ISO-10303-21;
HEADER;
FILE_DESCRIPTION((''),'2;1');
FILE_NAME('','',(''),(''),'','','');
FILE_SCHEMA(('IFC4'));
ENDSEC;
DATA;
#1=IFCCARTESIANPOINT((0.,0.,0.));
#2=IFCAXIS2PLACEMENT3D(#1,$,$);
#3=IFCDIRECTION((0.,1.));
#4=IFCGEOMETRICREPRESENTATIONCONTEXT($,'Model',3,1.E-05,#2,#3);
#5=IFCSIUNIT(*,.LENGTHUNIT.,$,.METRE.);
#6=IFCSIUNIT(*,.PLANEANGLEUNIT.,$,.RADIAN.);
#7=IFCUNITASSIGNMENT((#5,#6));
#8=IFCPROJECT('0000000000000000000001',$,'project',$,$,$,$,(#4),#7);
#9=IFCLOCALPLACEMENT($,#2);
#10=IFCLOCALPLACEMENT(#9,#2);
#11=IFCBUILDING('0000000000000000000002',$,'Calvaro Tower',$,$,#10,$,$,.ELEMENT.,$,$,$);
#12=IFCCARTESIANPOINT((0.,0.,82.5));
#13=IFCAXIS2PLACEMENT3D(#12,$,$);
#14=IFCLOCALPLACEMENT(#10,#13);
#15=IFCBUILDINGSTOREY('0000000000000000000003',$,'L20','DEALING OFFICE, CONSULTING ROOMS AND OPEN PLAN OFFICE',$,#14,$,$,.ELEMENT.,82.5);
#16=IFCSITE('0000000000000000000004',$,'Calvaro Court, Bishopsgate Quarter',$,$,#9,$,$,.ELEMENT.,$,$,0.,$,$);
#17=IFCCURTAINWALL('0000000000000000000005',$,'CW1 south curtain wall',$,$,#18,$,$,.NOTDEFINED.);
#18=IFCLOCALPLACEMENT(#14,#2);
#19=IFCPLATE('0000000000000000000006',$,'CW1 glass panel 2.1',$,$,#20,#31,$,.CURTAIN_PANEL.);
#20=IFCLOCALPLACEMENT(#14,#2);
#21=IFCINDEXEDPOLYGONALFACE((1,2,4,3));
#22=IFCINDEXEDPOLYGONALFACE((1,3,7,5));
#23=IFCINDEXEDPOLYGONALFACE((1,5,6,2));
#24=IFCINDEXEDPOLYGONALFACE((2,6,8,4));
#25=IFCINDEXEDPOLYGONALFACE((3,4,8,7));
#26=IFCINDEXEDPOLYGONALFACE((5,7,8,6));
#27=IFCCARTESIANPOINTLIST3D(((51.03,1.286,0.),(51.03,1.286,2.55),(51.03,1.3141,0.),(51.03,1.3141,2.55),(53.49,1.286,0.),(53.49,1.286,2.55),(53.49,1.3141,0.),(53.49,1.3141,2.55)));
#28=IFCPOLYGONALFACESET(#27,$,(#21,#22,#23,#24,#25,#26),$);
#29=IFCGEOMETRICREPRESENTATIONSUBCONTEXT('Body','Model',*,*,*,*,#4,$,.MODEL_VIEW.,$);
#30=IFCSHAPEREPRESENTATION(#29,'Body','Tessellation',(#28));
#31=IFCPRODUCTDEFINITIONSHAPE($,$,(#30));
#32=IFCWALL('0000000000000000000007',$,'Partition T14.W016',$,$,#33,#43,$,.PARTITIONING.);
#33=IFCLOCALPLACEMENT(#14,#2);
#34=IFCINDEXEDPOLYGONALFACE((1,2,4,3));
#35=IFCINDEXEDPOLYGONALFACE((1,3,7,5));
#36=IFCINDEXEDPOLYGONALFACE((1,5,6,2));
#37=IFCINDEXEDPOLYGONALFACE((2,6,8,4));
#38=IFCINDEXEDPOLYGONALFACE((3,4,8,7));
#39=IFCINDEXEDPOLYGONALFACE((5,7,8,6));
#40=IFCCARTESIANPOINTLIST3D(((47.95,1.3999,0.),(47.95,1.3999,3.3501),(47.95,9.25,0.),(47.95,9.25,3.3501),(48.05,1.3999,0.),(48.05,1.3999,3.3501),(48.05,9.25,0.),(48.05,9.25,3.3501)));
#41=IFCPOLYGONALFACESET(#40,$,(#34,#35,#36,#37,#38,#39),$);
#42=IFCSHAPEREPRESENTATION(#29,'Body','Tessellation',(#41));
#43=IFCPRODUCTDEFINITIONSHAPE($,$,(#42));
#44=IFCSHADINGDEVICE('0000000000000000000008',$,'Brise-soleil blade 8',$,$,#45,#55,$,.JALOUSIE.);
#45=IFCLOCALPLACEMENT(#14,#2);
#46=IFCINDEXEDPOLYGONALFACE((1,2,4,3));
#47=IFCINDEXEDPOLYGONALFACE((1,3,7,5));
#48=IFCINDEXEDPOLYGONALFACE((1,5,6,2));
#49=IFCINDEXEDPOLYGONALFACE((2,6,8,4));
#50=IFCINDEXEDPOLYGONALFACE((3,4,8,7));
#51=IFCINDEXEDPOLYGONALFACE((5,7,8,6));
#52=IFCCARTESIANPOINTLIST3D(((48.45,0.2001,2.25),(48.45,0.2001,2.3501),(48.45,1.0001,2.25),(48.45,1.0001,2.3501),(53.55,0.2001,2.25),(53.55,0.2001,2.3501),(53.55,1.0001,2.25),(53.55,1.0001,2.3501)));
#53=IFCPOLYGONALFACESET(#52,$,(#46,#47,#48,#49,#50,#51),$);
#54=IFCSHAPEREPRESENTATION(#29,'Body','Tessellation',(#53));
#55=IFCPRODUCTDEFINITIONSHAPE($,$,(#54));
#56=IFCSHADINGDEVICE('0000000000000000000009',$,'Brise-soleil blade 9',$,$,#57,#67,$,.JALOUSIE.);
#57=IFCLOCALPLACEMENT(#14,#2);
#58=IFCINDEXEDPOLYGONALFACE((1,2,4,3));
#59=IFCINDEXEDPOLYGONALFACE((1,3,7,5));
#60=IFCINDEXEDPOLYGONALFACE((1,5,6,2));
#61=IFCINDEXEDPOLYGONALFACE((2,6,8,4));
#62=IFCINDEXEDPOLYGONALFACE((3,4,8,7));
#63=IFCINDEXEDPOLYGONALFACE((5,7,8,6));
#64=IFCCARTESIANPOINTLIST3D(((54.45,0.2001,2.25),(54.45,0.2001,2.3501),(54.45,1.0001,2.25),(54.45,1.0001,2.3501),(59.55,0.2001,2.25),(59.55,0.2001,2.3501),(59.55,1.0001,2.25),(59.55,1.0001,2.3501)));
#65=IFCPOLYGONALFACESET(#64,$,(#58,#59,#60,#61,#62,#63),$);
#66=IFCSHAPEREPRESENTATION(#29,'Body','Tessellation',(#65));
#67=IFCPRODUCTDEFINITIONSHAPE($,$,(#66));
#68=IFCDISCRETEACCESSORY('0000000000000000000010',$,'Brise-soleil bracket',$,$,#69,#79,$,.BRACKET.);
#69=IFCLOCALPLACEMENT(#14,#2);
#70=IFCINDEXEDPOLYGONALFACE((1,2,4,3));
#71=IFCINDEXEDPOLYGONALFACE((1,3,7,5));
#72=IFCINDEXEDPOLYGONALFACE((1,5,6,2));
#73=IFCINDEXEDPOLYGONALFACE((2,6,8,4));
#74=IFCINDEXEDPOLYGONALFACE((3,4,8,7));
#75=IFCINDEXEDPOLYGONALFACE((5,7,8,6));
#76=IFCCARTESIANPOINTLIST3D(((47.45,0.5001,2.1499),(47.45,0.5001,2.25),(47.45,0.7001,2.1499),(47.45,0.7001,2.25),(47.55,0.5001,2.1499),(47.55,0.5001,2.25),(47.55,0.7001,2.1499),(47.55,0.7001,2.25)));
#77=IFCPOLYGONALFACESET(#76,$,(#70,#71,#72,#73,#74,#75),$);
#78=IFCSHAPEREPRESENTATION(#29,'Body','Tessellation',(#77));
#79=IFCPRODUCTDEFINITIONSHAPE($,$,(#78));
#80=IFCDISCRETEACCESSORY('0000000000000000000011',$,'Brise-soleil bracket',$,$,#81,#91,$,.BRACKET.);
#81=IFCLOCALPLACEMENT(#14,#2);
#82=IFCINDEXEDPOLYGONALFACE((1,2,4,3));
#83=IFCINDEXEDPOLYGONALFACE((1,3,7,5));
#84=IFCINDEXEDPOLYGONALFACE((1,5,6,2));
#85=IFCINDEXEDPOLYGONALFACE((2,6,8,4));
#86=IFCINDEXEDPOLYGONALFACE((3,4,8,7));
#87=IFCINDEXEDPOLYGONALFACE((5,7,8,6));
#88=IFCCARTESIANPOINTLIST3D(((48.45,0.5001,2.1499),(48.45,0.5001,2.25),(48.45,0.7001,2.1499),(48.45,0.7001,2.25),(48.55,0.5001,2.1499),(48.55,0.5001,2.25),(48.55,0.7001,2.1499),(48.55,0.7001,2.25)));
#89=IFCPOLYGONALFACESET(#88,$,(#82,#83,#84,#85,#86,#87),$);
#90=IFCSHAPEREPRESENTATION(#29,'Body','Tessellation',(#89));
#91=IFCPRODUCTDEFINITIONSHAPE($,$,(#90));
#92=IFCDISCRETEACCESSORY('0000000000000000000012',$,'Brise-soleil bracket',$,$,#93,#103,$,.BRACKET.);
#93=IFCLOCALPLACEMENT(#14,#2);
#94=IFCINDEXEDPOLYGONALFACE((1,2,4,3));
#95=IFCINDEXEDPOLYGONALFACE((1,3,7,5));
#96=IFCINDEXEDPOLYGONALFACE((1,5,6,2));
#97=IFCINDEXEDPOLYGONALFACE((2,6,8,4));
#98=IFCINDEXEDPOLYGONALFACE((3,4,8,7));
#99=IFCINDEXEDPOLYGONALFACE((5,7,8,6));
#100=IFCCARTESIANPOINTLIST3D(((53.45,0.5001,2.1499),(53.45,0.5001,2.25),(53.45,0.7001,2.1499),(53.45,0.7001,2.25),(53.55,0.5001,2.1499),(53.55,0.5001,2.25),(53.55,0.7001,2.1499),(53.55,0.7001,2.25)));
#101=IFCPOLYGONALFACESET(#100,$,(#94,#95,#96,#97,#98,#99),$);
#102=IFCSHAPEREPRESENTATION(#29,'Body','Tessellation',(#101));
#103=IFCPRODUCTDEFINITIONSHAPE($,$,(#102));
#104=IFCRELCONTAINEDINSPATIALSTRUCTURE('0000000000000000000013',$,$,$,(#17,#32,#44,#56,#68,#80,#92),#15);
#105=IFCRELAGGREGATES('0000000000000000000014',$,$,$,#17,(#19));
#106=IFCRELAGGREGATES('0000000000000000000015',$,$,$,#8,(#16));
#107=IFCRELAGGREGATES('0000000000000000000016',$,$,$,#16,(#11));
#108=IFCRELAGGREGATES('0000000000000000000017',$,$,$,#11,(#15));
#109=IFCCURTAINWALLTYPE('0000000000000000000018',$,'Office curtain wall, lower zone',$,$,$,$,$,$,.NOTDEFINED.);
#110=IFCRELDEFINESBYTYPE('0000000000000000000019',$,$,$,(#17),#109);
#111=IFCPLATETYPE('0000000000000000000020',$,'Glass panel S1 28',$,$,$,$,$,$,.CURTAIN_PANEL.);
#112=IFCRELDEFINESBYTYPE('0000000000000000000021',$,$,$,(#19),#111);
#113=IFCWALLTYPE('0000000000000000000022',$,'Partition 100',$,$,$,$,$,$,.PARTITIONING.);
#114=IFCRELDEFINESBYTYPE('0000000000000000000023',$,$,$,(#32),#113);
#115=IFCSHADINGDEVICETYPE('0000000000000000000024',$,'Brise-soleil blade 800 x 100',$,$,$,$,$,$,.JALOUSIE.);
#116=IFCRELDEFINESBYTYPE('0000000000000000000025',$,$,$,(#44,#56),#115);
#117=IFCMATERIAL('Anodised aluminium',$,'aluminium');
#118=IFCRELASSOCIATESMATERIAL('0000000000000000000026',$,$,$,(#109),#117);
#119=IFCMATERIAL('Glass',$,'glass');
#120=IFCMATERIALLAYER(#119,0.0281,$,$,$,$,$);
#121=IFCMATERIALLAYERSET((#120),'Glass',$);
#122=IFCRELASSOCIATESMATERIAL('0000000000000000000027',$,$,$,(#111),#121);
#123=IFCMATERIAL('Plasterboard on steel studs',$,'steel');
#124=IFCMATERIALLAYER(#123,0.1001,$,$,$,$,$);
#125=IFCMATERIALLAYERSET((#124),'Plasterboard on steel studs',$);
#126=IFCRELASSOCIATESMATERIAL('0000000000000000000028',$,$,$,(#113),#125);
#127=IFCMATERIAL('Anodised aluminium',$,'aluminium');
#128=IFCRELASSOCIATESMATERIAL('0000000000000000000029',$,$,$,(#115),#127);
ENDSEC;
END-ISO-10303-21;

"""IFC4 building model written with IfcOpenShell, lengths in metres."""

from ifc_helpers import new_model, si_unit, direction, frame, frame_2d, origin, origin_2d, place, context, subcontext, project, spatial, rectangle, extrude, material, layer, layer_set, material_profile, profile_set, type_object, element, aggregate, save


model = new_model("IFC4")

# Units and contexts
model_context = context("Model", 3, precision=1e-05, world=origin(), true_north=direction((0.0, 1.0)))
body_context = subcontext(model_context, "Body", "Model", "MODEL_VIEW")
ifc_project = project(units=[si_unit("LENGTHUNIT", "METRE"), si_unit("PLANEANGLEUNIT", "RADIAN")], contexts=[model_context])

# Site, building, storey
site_placement = place(None, origin())
site = spatial("IfcSite", under=ifc_project, at=site_placement, Name="Calvaro Court, Bishopsgate Quarter", CompositionType="ELEMENT", RefElevation=0.0)
building_placement = place(site_placement, origin())
building = spatial("IfcBuilding", under=site, at=building_placement, Name="Calvaro Tower", CompositionType="ELEMENT")
storey_placement = place(building_placement, frame((0.0, 0.0, 82.5)))
storey = spatial("IfcBuildingStorey", under=building, at=storey_placement, Name="L20", Description="DEALING OFFICE, CONSULTING ROOMS AND OPEN PLAN OFFICE", CompositionType="ELEMENT", Elevation=82.5)

# Curtain wall
ifc_material_1 = material(Name="Anodised aluminium", Category="aluminium")
curtain_wall_type = type_object("IfcCurtainWallType", Name="Office curtain wall, lower zone", PredefinedType="NOTDEFINED", material=ifc_material_1)
curtain_wall_1_placement = place(storey_placement, origin())
curtain_wall_1 = element("IfcCurtainWall", 1, at=curtain_wall_1_placement, inside=storey, type_object=curtain_wall_type, Name="CW1 south curtain wall", PredefinedType="NOTDEFINED")

# Plate
ifc_material_2 = material(Name="Glass", Category="glass")
ifc_layer_1 = layer(ifc_material_2, 0.0281)
ifc_layer_set_1 = layer_set([ifc_layer_1], Name="Glass")
plate_type = type_object("IfcPlateType", Name="Glass panel S1 28", PredefinedType="CURTAIN_PANEL", material=ifc_layer_set_1)
plate_1_placement = place(storey_placement, frame((52.26, 1.3, 0.0), z_axis=(0.0, 0.0, 1.0), x_axis=(1.0, 0.0, 0.0)))
plate_1 = element("IfcPlate", 2, at=plate_1_placement, type_object=plate_type, Name="CW1 glass panel 2.1", PredefinedType="CURTAIN_PANEL", context=body_context, shape_type="SweptSolid", body=[
    extrude(rectangle(XDim=2.46, YDim=0.0281, at=origin_2d()), origin(), (0.0, 0.0, 1.0), 2.55),
])
aggregate(curtain_wall_1, [plate_1])

# Wall
ifc_material_3 = material(Name="Plasterboard on steel studs", Category="steel")
ifc_layer_2 = layer(ifc_material_3, 0.1001)
ifc_layer_set_2 = layer_set([ifc_layer_2], Name="Plasterboard on steel studs")
wall_type = type_object("IfcWallType", Name="Partition 100", PredefinedType="PARTITIONING", material=ifc_layer_set_2)
wall_placement = place(storey_placement, frame((48.0, 1.3999, 0.0), z_axis=(0.0, 0.0, 1.0), x_axis=(0.0, 1.0, 0.0)))
element("IfcWall", 3, at=wall_placement, inside=storey, type_object=wall_type, Name="Partition T14.W016", PredefinedType="PARTITIONING", context=body_context, shape_type="SweptSolid", body=[
    extrude(rectangle(XDim=7.8501, YDim=0.1001, at=frame_2d((3.925, 0.0))), origin(), (0.0, 0.0, 1.0), 3.3501),
])

# Shading devices
ifc_material_4 = material(Name="Anodised aluminium", Category="aluminium")
ifc_material_profile_1 = material_profile(ifc_material_4, rectangle(XDim=0.8, YDim=0.1001, at=origin_2d()), Name="Brise-soleil blade 800 x 100")
ifc_profile_set_1 = profile_set([ifc_material_profile_1], Name="Anodised aluminium")
shading_device_type = type_object("IfcShadingDeviceType", Name="Brise-soleil blade 800 x 100", PredefinedType="JALOUSIE", material=ifc_profile_set_1)
for number, where, z_axis, x_axis, name in (
    (4, (48.45, 0.6001, 2.3), (1.0, 0.0, 0.0), (0.0, 1.0, 0.0), "Brise-soleil blade 8"),
    (5, (54.45, 0.6001, 2.3), (1.0, 0.0, 0.0), (0.0, 1.0, 0.0), "Brise-soleil blade 9"),
):
    element("IfcShadingDevice", number, at=place(storey_placement, frame(where, z_axis=z_axis, x_axis=x_axis)), inside=storey, type_object=shading_device_type, Name=name, PredefinedType="JALOUSIE", context=body_context, shape_type="SweptSolid", body=[
        extrude(rectangle(XDim=0.8, YDim=0.1001, at=origin_2d()), origin(), (0.0, 0.0, 1.0), 5.1001),
    ])

# Discrete accessories
for number, where, z_axis, x_axis, name in (
    (6, (47.5, 0.6001, 2.1499), (0.0, 0.0, 1.0), (1.0, 0.0, 0.0), "Brise-soleil bracket"),
    (7, (48.5, 0.6001, 2.1499), (0.0, 0.0, 1.0), (1.0, 0.0, 0.0), "Brise-soleil bracket"),
    (8, (53.5, 0.6001, 2.1499), (0.0, 0.0, 1.0), (1.0, 0.0, 0.0), "Brise-soleil bracket"),
):
    element("IfcDiscreteAccessory", number, at=place(storey_placement, frame(where, z_axis=z_axis, x_axis=x_axis)), inside=storey, Name=name, PredefinedType="BRACKET", context=body_context, shape_type="SweptSolid", body=[
        extrude(rectangle(XDim=0.1001, YDim=0.2, at=origin_2d()), origin(), (0.0, 0.0, 1.0), 0.1001),
    ])

save(model, "model.ifc")
